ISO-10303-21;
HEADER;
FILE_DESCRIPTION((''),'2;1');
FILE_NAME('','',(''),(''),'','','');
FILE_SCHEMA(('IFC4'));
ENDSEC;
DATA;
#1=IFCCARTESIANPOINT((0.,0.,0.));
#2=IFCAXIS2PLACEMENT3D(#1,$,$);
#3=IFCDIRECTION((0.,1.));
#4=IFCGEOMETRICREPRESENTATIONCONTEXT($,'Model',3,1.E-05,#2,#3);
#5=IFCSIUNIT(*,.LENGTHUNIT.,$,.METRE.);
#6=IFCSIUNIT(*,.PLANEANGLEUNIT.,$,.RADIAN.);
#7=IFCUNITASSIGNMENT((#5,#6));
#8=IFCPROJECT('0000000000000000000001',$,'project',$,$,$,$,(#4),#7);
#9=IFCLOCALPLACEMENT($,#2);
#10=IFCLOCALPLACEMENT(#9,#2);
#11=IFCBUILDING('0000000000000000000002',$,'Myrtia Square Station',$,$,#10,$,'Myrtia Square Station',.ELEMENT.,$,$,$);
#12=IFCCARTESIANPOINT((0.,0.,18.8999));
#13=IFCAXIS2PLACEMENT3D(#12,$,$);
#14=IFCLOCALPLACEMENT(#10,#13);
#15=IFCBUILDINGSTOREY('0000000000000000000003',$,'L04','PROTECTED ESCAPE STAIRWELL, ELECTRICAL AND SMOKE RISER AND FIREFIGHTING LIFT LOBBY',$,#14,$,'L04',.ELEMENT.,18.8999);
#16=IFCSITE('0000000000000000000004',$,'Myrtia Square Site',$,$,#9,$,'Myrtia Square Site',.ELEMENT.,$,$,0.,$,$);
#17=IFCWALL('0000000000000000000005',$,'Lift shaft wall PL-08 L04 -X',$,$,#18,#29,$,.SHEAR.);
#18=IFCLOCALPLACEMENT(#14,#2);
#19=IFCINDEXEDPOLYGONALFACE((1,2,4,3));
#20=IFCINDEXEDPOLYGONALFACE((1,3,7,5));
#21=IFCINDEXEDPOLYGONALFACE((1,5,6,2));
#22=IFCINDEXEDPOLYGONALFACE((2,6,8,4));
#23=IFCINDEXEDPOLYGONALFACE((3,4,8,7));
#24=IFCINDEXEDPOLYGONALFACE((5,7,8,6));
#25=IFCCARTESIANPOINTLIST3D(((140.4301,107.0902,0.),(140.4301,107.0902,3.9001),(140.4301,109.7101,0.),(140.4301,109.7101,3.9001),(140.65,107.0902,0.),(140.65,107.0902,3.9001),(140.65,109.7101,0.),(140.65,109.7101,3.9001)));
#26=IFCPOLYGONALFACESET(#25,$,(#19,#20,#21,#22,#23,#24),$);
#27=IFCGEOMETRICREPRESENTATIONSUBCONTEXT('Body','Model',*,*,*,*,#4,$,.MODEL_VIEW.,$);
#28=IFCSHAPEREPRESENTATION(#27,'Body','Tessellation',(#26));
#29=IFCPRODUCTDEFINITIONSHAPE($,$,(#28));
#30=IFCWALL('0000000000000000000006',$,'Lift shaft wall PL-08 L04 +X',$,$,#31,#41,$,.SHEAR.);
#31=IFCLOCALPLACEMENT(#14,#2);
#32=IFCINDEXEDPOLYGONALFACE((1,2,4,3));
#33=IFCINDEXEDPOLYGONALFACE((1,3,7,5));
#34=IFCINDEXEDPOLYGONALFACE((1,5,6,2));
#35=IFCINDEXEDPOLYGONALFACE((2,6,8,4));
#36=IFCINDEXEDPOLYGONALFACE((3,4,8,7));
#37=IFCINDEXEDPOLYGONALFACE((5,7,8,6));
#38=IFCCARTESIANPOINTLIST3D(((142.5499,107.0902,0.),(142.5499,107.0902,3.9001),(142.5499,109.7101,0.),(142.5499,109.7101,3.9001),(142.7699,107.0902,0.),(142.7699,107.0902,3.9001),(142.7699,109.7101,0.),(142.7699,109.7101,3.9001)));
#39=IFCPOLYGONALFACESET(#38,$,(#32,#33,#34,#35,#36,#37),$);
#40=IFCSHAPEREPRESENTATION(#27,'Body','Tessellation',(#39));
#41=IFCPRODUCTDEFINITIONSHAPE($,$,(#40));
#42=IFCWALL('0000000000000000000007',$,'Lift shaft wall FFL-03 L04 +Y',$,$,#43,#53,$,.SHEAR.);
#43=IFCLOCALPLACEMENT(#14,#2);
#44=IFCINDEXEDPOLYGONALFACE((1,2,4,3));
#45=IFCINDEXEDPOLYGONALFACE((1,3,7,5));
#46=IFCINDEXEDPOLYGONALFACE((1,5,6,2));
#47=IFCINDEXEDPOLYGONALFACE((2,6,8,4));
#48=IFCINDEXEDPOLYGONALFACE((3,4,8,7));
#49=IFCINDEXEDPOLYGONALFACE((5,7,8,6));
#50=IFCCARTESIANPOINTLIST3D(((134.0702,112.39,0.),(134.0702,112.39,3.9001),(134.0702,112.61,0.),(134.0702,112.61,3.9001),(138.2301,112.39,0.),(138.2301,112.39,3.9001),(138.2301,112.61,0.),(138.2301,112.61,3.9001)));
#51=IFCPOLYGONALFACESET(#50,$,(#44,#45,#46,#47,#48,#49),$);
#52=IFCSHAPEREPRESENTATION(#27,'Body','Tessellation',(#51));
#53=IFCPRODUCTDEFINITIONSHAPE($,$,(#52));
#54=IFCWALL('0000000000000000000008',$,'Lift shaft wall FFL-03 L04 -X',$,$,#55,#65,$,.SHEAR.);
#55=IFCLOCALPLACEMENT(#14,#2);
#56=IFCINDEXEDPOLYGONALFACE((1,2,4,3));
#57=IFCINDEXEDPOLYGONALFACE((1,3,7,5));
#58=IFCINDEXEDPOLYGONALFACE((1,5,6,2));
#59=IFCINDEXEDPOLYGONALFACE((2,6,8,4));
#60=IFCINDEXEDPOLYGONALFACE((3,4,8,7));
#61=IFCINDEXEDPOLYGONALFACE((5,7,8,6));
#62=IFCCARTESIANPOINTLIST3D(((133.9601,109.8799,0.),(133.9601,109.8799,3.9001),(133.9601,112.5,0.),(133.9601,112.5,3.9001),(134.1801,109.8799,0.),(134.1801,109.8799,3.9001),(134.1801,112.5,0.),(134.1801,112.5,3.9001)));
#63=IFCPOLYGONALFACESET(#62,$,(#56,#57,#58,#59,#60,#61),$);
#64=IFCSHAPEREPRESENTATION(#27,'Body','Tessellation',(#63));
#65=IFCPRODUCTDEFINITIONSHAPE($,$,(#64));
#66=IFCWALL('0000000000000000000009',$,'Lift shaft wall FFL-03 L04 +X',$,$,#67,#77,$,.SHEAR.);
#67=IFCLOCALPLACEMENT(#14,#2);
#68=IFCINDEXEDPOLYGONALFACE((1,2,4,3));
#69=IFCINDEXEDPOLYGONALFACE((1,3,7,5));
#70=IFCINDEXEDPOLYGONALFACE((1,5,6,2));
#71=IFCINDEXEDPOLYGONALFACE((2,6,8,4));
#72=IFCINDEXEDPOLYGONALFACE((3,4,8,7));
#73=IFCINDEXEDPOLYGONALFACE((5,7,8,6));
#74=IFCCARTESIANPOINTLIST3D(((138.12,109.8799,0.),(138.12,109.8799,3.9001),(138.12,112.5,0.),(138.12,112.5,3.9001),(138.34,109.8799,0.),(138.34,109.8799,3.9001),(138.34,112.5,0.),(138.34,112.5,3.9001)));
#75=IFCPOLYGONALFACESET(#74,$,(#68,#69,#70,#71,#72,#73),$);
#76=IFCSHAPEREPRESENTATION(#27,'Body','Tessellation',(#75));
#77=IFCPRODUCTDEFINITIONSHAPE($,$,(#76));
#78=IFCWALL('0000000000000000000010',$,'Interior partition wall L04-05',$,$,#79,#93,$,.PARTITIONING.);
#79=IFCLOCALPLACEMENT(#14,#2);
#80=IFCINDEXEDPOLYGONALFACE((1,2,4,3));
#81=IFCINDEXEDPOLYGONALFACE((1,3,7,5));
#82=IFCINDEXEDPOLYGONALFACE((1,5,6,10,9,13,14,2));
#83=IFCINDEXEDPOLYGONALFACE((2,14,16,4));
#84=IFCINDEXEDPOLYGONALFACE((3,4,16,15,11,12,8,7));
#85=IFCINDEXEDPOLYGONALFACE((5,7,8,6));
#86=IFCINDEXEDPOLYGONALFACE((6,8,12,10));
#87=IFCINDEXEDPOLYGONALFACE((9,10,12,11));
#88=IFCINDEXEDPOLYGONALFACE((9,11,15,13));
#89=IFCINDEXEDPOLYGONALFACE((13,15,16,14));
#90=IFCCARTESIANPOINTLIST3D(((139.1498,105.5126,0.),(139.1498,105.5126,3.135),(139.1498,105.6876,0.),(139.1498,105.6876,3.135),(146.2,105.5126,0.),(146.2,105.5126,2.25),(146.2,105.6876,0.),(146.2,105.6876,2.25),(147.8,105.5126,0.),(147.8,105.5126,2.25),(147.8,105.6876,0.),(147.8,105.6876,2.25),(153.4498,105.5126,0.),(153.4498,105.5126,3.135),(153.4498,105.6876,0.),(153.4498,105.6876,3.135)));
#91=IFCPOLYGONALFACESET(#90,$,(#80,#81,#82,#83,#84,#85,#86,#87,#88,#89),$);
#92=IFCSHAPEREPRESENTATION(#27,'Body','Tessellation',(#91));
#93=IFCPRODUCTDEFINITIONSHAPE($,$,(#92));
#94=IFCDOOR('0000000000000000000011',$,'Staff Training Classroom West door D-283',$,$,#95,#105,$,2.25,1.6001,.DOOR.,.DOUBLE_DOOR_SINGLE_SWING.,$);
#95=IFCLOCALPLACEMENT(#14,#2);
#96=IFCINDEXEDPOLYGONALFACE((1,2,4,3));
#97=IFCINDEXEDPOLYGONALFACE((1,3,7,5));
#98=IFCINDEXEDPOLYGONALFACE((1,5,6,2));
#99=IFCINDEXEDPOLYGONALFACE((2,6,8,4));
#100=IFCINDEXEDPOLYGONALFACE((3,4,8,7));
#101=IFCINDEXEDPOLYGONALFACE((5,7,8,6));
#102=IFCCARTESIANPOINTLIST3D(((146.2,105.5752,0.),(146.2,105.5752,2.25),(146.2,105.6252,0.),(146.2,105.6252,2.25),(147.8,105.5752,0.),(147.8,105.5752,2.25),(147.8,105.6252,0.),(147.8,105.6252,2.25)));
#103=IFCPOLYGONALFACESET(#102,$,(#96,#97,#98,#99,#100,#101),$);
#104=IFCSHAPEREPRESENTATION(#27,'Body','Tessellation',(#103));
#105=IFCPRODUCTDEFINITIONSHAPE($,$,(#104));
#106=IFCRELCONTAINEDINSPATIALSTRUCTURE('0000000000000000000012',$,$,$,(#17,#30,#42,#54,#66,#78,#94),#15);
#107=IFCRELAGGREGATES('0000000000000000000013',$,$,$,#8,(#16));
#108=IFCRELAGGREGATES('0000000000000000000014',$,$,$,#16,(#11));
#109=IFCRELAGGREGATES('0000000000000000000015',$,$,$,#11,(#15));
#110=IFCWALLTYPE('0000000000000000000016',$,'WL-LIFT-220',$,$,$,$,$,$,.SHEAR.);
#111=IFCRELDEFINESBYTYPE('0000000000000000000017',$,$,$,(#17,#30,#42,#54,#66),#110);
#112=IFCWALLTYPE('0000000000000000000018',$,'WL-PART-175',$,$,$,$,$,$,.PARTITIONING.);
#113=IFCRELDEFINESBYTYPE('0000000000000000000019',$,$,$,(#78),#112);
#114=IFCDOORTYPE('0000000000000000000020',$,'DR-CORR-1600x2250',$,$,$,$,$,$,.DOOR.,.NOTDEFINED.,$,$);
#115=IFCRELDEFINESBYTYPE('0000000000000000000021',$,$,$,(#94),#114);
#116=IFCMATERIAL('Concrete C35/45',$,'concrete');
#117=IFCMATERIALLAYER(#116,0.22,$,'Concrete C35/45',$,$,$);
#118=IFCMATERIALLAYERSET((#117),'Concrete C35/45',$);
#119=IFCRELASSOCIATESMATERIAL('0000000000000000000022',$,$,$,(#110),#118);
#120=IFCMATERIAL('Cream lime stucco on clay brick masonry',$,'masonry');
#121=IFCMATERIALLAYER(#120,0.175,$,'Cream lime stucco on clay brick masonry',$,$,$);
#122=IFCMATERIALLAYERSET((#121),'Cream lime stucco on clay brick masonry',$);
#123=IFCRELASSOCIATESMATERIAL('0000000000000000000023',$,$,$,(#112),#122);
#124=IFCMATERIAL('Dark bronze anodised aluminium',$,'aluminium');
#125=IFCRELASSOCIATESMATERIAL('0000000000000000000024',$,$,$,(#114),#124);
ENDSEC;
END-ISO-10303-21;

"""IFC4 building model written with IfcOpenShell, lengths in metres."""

from ifc_helpers import new_model, si_unit, direction, frame, frame_2d, origin, place, context, subcontext, project, spatial, rectangle, extrude, material, layer, layer_set, type_object, element, fill, save


model = new_model("IFC4")

# Units and contexts
model_context = context("Model", 3, precision=1e-05, world=origin(), true_north=direction((0.0, 1.0)))
body_context = subcontext(model_context, "Body", "Model", "MODEL_VIEW")
ifc_project = project(units=[si_unit("LENGTHUNIT", "METRE"), si_unit("PLANEANGLEUNIT", "RADIAN")], contexts=[model_context])

# Site, building, storey
site_placement = place(None, origin())
site = spatial("IfcSite", under=ifc_project, at=site_placement, Name="Myrtia Square Site", LongName="Myrtia Square Site", CompositionType="ELEMENT", RefElevation=0.0)
building_placement = place(site_placement, origin())
building = spatial("IfcBuilding", under=site, at=building_placement, Name="Myrtia Square Station", LongName="Myrtia Square Station", CompositionType="ELEMENT")
storey_placement = place(building_placement, frame((0.0, 0.0, 18.8999)))
storey = spatial("IfcBuildingStorey", under=building, at=storey_placement, Name="L04", Description="PROTECTED ESCAPE STAIRWELL, ELECTRICAL AND SMOKE RISER AND FIREFIGHTING LIFT LOBBY", LongName="L04", CompositionType="ELEMENT", Elevation=18.8999)

# Shared definitions
ifc_material_1 = material(Name="Concrete C35/45", Category="concrete")
ifc_material_2 = material(Name="Dark bronze anodised aluminium", Category="aluminium")

# Shared definitions
ifc_layer_1 = layer(ifc_material_1, 0.22, Name="Concrete C35/45")
ifc_layer_set_1 = layer_set([ifc_layer_1], Name="Concrete C35/45")
wall_type_1 = type_object("IfcWallType", Name="WL-LIFT-220", PredefinedType="SHEAR", material=ifc_layer_set_1)

# Walls
for number, where, z_axis, x_axis, name in (
    (1, (140.54, 107.0901, 0.0), (0.0, 0.0, 1.0), (0.0, 1.0, 0.0), "Lift shaft wall PL-08 L04 -X"),
    (2, (142.6599, 107.0901, 0.0), (0.0, 0.0, 1.0), (0.0, 1.0, 0.0), "Lift shaft wall PL-08 L04 +X"),
):
    element("IfcWall", number, at=place(storey_placement, frame(where, z_axis=z_axis, x_axis=x_axis)), inside=storey, type_object=wall_type_1, Name=name, PredefinedType="SHEAR", context=body_context, shape_type="SweptSolid", body=[
        extrude(rectangle(XDim=2.6199, YDim=0.22, at=frame_2d((1.3101, 0.0))), origin(), (0.0, 0.0, 1.0), 3.9001),
    ])

# Walls
wall_1_placement = place(storey_placement, frame((134.0701, 112.5, 0.0), z_axis=(0.0, 0.0, 1.0), x_axis=(1.0, 0.0, 0.0)))
element("IfcWall", 3, at=wall_1_placement, inside=storey, type_object=wall_type_1, Name="Lift shaft wall FFL-03 L04 +Y", PredefinedType="SHEAR", context=body_context, shape_type="SweptSolid", body=[
    extrude(rectangle(XDim=4.1599, YDim=0.22, at=frame_2d((2.0801, 0.0))), origin(), (0.0, 0.0, 1.0), 3.9001),
])
for number, where, z_axis, x_axis, name in (
    (4, (134.0701, 109.8799, 0.0), (0.0, 0.0, 1.0), (0.0, 1.0, 0.0), "Lift shaft wall FFL-03 L04 -X"),
    (5, (138.23, 109.8799, 0.0), (0.0, 0.0, 1.0), (0.0, 1.0, 0.0), "Lift shaft wall FFL-03 L04 +X"),
):
    element("IfcWall", number, at=place(storey_placement, frame(where, z_axis=z_axis, x_axis=x_axis)), inside=storey, type_object=wall_type_1, Name=name, PredefinedType="SHEAR", context=body_context, shape_type="SweptSolid", body=[
        extrude(rectangle(XDim=2.6201, YDim=0.22, at=frame_2d((1.3101, 0.0))), origin(), (0.0, 0.0, 1.0), 3.9001),
    ])

# Wall, opening, door
ifc_material_3 = material(Name="Cream lime stucco on clay brick masonry", Category="masonry")
ifc_layer_2 = layer(ifc_material_3, 0.175, Name="Cream lime stucco on clay brick masonry")
ifc_layer_set_2 = layer_set([ifc_layer_2], Name="Cream lime stucco on clay brick masonry")
wall_type_2 = type_object("IfcWallType", Name="WL-PART-175", PredefinedType="PARTITIONING", material=ifc_layer_set_2)
wall_2_placement = place(storey_placement, frame((139.1499, 105.6001, 0.0), z_axis=(0.0, 0.0, 1.0), x_axis=(1.0, 0.0, 0.0)))
wall_2 = element("IfcWall", 6, at=wall_2_placement, inside=storey, type_object=wall_type_2, Name="Interior partition wall L04-05", PredefinedType="PARTITIONING", context=body_context, shape_type="SweptSolid", body=[
    extrude(rectangle(XDim=14.3, YDim=0.175, at=frame_2d((7.1499, 0.0))), origin(), (0.0, 0.0, 1.0), 3.135),
])
opening_1_placement = place(wall_2_placement, frame((7.05, 0.0, 0.0)))
opening_1 = element("IfcOpeningElement", 7, at=opening_1_placement, cuts=wall_2, PredefinedType="OPENING", context=body_context, shape_type="SweptSolid", body=[
    extrude(rectangle(XDim=1.6001, YDim=2.25, at=frame_2d((0.8, 1.125))), frame((0.0, 0.1025, 0.0), z_axis=(0.0, -1.0, 0.0), x_axis=(1.0, 0.0, 0.0)), (0.0, 0.0, 1.0), 0.2051),
])
door_type_1 = type_object("IfcDoorType", Name="DR-CORR-1600x2250", OperationType="NOTDEFINED", PredefinedType="DOOR", material=ifc_material_2)
door_1_placement = place(opening_1_placement, frame((1.6001, 0.0, 0.0), z_axis=(0.0, 0.0, 1.0), x_axis=(-1.0, 0.0, 0.0)))
door_1 = element("IfcDoor", 8, at=door_1_placement, inside=storey, type_object=door_type_1, Name="Staff Training Classroom West door D-283", OperationType="DOUBLE_DOOR_SINGLE_SWING", OverallHeight=2.25, OverallWidth=1.6001, PredefinedType="DOOR", context=body_context, shape_type="SweptSolid", body=[
    extrude(rectangle(XDim=1.6001, YDim=2.25, at=frame_2d((0.8, 1.125))), frame((0.0, 0.0249, 0.0), z_axis=(0.0, -1.0, 0.0), x_axis=(1.0, 0.0, 0.0)), (0.0, 0.0, 1.0), 0.05),
])
fill(opening_1, door_1)

save(model, "model.ifc")
